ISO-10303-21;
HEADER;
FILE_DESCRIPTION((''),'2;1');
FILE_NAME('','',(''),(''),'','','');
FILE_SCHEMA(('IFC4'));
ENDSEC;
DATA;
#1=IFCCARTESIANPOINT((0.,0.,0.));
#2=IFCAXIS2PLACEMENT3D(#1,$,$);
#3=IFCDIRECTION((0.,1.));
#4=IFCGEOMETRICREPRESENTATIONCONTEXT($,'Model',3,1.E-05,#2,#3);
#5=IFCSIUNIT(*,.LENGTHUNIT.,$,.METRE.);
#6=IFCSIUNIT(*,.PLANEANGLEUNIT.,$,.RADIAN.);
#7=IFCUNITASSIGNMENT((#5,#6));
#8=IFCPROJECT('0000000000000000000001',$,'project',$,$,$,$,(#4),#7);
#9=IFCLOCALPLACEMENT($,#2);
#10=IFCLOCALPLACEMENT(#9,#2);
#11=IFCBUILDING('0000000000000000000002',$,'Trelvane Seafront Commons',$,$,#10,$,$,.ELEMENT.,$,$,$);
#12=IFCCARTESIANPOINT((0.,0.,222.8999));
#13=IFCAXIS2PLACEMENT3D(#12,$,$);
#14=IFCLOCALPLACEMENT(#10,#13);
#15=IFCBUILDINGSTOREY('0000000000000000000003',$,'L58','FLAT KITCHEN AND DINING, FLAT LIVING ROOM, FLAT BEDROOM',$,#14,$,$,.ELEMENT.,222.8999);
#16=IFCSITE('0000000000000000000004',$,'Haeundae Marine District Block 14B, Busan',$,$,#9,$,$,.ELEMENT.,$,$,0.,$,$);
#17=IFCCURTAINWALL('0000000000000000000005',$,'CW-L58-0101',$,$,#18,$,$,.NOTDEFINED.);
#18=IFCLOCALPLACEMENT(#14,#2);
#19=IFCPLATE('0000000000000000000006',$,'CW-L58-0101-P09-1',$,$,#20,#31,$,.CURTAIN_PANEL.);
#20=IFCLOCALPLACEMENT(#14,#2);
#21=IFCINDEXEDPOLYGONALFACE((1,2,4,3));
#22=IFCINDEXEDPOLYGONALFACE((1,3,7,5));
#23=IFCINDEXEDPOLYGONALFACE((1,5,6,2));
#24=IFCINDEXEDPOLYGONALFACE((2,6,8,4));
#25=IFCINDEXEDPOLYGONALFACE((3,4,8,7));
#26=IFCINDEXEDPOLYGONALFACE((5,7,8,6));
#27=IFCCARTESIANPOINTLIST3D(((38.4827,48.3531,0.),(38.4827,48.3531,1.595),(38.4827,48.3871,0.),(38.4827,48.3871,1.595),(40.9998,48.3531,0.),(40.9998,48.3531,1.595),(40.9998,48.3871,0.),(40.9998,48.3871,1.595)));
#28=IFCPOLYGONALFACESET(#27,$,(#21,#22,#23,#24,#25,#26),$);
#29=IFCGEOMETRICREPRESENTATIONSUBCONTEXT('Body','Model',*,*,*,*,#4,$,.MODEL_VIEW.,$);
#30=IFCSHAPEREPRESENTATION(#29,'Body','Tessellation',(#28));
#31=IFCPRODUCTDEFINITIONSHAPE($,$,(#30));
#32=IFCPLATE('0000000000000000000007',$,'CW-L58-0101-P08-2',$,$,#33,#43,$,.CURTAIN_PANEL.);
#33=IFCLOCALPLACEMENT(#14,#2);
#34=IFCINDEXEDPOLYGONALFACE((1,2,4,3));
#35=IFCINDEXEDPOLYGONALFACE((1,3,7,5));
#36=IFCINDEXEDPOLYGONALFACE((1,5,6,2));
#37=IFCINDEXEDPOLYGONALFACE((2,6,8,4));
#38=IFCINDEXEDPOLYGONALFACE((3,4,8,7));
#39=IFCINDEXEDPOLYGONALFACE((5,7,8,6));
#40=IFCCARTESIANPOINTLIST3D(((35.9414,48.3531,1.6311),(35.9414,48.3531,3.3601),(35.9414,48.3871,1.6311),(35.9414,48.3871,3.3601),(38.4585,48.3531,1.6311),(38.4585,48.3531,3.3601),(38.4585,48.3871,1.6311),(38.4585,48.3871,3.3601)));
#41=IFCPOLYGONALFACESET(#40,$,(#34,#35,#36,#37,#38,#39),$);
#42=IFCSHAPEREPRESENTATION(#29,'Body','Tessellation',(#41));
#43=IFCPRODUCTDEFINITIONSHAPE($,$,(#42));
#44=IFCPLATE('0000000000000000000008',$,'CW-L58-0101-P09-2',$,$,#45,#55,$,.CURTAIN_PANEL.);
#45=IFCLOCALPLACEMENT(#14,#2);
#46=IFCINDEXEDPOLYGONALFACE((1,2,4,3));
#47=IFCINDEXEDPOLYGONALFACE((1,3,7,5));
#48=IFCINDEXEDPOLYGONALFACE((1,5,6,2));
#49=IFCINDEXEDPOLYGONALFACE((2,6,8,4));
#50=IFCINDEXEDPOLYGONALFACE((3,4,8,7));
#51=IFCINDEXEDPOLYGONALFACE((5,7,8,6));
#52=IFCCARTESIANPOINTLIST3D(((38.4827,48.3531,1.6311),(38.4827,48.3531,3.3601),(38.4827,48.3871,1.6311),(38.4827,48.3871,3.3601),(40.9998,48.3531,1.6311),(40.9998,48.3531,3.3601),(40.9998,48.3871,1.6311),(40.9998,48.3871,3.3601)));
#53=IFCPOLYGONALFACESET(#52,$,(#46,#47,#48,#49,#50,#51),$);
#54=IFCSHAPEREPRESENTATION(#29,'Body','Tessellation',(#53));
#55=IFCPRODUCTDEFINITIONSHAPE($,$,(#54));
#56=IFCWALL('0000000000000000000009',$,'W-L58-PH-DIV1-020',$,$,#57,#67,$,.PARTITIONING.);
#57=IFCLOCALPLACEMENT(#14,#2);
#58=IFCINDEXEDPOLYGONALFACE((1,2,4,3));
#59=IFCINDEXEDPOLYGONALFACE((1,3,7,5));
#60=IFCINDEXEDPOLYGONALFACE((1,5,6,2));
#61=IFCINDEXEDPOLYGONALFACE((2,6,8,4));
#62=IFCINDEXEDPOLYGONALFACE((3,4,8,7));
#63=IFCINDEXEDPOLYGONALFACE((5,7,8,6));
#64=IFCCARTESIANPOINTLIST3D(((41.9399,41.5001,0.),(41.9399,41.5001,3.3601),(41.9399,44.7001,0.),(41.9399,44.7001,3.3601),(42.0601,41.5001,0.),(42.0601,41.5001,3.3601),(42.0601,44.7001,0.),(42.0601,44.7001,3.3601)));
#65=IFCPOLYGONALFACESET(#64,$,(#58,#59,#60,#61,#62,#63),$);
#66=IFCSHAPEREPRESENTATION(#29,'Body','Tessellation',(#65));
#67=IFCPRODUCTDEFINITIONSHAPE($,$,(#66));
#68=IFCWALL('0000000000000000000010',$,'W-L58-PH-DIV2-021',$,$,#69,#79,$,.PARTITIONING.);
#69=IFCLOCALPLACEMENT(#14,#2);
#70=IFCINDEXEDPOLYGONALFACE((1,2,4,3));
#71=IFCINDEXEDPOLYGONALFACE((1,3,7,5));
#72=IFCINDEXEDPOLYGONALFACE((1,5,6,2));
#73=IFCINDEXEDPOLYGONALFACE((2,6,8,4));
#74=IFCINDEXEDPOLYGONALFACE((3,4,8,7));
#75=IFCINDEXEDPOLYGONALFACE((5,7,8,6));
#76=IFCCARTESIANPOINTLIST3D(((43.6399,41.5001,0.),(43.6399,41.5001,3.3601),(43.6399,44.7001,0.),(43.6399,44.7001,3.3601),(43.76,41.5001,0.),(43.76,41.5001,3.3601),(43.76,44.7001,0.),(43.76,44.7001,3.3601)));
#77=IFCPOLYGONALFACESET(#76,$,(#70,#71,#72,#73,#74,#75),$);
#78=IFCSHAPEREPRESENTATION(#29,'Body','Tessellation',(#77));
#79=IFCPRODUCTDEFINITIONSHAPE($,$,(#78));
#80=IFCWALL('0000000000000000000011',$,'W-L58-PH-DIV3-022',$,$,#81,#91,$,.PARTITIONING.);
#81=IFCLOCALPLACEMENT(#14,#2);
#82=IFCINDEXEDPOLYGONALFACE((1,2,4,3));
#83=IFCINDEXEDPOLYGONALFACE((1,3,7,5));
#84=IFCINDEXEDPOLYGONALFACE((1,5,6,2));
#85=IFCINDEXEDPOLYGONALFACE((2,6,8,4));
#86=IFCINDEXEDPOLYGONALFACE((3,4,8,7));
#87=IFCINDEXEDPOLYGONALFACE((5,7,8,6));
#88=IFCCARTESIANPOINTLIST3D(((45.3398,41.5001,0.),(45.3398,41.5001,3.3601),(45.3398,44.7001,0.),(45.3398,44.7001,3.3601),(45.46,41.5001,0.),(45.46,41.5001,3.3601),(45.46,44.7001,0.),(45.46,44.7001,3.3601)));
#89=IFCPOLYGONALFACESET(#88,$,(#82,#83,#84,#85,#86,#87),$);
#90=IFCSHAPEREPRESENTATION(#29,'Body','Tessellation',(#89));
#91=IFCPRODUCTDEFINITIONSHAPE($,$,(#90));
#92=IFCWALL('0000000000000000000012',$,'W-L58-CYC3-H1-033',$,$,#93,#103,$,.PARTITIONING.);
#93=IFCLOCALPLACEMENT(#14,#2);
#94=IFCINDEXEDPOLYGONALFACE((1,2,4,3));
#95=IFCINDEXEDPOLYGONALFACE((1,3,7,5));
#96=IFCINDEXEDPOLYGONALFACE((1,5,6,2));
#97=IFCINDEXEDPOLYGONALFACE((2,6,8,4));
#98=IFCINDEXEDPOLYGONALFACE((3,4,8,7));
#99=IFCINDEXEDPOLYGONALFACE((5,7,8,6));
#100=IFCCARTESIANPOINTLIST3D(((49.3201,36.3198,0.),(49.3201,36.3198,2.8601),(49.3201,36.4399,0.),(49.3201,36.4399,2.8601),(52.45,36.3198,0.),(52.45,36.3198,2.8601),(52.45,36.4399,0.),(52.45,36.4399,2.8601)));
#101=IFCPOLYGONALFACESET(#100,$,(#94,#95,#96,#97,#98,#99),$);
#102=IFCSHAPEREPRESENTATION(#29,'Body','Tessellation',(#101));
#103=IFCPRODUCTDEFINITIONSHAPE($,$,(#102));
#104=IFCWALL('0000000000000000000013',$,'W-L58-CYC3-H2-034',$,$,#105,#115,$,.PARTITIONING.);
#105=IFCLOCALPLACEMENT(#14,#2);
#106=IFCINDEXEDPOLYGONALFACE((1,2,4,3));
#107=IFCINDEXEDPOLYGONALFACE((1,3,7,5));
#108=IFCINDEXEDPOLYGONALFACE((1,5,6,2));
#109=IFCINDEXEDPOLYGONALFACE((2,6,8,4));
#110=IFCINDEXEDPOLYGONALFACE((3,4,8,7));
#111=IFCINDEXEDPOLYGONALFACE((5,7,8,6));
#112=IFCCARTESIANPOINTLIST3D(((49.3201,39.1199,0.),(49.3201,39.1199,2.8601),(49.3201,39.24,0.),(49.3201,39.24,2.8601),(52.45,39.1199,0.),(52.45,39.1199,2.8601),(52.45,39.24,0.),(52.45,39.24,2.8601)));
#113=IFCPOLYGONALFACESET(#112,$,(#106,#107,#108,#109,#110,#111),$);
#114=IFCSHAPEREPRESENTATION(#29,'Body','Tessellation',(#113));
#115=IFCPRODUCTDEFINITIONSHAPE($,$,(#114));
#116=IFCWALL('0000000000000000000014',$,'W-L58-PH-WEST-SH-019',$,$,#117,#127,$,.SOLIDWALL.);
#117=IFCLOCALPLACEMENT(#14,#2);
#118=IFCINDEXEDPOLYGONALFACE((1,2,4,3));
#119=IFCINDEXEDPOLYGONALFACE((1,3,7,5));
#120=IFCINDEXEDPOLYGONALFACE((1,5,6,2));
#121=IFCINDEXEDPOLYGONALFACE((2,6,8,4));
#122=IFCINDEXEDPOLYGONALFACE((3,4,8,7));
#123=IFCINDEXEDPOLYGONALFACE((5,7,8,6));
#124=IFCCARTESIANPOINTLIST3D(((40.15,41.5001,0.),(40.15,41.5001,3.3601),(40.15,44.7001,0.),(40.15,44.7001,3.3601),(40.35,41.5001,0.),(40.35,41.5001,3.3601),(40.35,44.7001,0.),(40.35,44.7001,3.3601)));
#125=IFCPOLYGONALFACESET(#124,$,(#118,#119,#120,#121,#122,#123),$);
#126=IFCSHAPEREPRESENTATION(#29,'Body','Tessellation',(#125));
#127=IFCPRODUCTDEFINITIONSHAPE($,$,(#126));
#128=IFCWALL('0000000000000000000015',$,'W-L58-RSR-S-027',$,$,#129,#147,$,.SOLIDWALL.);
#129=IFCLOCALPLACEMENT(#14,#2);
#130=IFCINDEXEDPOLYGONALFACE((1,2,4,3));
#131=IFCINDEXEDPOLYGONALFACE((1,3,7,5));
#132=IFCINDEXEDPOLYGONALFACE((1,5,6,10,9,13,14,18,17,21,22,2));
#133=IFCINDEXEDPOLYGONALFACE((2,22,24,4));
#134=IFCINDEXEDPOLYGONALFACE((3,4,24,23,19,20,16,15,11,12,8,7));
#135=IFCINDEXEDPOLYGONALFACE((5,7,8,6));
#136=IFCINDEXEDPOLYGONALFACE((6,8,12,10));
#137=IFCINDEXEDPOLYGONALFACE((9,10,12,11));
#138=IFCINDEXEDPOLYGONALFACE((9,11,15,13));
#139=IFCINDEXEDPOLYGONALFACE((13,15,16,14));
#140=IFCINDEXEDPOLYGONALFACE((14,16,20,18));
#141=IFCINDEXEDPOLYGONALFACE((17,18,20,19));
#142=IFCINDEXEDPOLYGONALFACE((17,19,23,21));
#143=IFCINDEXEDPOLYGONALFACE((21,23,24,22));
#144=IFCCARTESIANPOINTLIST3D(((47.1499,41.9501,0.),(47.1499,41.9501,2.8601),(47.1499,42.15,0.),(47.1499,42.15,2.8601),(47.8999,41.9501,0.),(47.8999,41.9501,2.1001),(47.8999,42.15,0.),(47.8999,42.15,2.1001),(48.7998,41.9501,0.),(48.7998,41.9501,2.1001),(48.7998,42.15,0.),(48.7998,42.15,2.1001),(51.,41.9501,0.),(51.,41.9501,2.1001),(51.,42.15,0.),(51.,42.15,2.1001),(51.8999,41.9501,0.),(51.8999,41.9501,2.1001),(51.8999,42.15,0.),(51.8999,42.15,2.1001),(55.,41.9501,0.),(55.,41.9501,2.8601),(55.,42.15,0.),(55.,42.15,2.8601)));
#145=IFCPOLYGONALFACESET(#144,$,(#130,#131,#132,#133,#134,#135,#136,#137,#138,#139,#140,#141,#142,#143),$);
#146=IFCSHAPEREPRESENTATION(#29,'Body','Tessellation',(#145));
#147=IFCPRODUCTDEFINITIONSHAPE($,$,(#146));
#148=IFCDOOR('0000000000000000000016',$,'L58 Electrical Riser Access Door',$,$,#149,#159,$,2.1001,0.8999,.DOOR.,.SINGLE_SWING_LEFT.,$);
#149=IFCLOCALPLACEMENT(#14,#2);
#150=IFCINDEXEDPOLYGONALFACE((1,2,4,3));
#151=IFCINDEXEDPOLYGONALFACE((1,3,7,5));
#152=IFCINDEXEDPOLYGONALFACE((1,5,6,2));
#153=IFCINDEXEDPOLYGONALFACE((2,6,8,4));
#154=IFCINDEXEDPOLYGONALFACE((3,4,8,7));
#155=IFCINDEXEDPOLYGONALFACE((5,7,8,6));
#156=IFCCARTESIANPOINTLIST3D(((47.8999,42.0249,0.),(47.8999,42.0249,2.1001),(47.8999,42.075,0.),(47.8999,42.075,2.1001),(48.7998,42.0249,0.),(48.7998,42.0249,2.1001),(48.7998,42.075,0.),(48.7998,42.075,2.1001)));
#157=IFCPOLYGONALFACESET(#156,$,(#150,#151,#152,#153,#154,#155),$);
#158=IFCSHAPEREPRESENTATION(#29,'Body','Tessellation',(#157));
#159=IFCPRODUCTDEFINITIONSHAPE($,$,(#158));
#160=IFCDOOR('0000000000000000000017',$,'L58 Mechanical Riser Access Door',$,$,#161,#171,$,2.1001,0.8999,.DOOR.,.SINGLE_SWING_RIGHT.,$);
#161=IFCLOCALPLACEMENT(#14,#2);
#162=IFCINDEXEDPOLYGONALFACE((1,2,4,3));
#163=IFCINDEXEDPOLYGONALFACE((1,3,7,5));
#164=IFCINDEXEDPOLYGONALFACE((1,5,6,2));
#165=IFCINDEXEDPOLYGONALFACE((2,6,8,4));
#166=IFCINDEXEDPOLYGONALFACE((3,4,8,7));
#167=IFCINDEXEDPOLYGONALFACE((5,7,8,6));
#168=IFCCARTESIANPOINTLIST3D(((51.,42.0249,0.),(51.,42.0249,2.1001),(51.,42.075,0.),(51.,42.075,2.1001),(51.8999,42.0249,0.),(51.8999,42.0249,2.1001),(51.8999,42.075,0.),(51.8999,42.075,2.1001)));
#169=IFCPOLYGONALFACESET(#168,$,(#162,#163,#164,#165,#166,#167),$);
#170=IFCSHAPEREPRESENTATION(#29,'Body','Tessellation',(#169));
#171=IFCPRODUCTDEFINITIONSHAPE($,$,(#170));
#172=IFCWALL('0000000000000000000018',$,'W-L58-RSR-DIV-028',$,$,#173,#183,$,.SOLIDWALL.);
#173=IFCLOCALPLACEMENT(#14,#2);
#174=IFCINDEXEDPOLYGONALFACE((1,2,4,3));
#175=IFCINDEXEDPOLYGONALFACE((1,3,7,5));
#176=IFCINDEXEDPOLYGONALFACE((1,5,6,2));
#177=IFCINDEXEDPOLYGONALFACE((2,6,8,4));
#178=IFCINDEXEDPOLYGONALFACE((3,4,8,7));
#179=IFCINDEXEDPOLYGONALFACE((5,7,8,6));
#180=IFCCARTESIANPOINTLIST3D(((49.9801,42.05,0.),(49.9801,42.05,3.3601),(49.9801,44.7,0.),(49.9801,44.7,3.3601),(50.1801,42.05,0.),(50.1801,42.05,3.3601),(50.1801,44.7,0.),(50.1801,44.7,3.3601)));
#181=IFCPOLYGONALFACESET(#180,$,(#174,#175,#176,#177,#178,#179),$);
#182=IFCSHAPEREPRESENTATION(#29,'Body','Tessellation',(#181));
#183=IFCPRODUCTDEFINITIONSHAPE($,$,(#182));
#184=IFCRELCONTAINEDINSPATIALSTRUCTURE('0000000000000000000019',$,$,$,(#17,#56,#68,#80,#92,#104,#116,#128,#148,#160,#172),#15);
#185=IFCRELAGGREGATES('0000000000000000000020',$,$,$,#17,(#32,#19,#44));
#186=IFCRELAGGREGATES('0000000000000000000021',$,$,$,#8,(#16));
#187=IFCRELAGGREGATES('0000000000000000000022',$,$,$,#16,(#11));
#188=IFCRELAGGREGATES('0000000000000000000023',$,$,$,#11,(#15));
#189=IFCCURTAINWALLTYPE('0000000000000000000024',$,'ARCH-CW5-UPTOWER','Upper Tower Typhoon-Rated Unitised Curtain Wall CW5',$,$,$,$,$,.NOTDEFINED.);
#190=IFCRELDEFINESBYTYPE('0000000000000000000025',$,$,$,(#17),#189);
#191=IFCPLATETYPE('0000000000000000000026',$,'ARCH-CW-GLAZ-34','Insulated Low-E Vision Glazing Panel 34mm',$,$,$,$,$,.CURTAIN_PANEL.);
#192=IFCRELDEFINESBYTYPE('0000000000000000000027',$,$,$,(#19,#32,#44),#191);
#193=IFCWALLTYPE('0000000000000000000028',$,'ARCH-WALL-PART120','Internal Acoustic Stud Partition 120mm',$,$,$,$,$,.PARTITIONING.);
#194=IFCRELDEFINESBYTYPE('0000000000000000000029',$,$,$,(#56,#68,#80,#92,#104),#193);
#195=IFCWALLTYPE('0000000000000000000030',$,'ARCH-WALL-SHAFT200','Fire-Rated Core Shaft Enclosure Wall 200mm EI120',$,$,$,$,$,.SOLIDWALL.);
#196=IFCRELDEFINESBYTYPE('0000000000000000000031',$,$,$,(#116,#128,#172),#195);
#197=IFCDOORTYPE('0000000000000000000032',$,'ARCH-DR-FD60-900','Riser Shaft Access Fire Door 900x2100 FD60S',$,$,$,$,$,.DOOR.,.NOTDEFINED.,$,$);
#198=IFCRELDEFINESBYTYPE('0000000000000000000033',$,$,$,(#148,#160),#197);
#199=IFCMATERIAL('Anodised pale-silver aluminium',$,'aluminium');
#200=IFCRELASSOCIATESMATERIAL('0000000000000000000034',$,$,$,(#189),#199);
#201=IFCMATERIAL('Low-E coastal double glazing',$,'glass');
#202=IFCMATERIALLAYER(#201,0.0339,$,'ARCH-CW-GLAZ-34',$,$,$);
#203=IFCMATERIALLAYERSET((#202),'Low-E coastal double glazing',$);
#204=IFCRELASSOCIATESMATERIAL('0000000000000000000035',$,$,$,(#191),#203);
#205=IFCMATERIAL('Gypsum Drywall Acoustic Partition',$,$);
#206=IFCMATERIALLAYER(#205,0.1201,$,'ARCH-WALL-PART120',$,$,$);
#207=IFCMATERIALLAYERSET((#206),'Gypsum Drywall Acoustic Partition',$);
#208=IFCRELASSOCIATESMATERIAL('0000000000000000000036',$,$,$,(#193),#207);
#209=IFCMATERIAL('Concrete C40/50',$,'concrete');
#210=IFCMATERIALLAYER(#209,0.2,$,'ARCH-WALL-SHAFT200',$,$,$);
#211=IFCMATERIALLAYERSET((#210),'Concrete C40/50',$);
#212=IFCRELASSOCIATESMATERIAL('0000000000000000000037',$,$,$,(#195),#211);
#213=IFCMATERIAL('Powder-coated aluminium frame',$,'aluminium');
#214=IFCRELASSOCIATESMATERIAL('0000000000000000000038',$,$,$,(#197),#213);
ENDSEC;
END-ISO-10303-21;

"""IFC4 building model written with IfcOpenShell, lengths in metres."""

from ifc_helpers import new_model, si_unit, direction, frame, frame_2d, origin, origin_2d, place, context, subcontext, project, spatial, rectangle, extrude, source, transform, mapped, material, layer, layer_set, type_object, element, fill, aggregate, save


model = new_model("IFC4")

# Units and contexts
model_context = context("Model", 3, precision=1e-05, world=origin(), true_north=direction((0.0, 1.0)))
body_context = subcontext(model_context, "Body", "Model", "MODEL_VIEW")
ifc_project = project(units=[si_unit("LENGTHUNIT", "METRE"), si_unit("PLANEANGLEUNIT", "RADIAN")], contexts=[model_context])

# Site, building, storey
site_placement = place(None, origin())
site = spatial("IfcSite", under=ifc_project, at=site_placement, Name="Haeundae Marine District Block 14B, Busan", CompositionType="ELEMENT", RefElevation=0.0)
building_placement = place(site_placement, origin())
building = spatial("IfcBuilding", under=site, at=building_placement, Name="Trelvane Seafront Commons", CompositionType="ELEMENT")
storey_placement = place(building_placement, frame((0.0, 0.0, 222.8999)))
storey = spatial("IfcBuildingStorey", under=building, at=storey_placement, Name="L58", Description="FLAT KITCHEN AND DINING, FLAT LIVING ROOM, FLAT BEDROOM", CompositionType="ELEMENT", Elevation=222.8999)

# Curtain wall, plates
ifc_material_1 = material(Name="Anodised pale-silver aluminium", Category="aluminium")
curtain_wall_type = type_object("IfcCurtainWallType", Name="ARCH-CW5-UPTOWER", Description="Upper Tower Typhoon-Rated Unitised Curtain Wall CW5", PredefinedType="NOTDEFINED", material=ifc_material_1)
curtain_wall_placement = place(storey_placement, origin())
curtain_wall = element("IfcCurtainWall", 1, at=curtain_wall_placement, inside=storey, type_object=curtain_wall_type, Name="CW-L58-0101", PredefinedType="NOTDEFINED")
ifc_material_2 = material(Name="Low-E coastal double glazing", Category="glass")
ifc_layer_1 = layer(ifc_material_2, 0.0339, Name="ARCH-CW-GLAZ-34")
ifc_layer_set_1 = layer_set([ifc_layer_1], Name="Low-E coastal double glazing")
plate_type = type_object("IfcPlateType", Name="ARCH-CW-GLAZ-34", Description="Insulated Low-E Vision Glazing Panel 34mm", PredefinedType="CURTAIN_PANEL", material=ifc_layer_set_1)
shared_shape_1 = source(origin(), body_context, "Body", "SweptSolid", [
    extrude(rectangle(XDim=2.5171, YDim=0.0339, at=origin_2d()), origin(), (0.0, 0.0, 1.0), 1.595),
])
plate_1_placement = place(storey_placement, frame((39.7412, 48.3701, 0.0), z_axis=(0.0, 0.0, 1.0), x_axis=(1.0, 0.0, 0.0)))
plate_1 = element("IfcPlate", 2, at=plate_1_placement, type_object=plate_type, Name="CW-L58-0101-P09-1", PredefinedType="CURTAIN_PANEL", context=body_context, shape_type="MappedRepresentation", body=[
    mapped(shared_shape_1, transform((0.0, 0.0, 0.0), x_axis=(1.0, 0.0, 0.0), y_axis=(0.0, 1.0, 0.0), z_axis=(0.0, 0.0, 1.0), scale=1.0)),
])
shared_shape_2 = source(origin(), body_context, "Body", "SweptSolid", [
    extrude(rectangle(XDim=2.5171, YDim=0.0339, at=origin_2d()), origin(), (0.0, 0.0, 1.0), 1.729),
])
plate_2_placement = place(storey_placement, frame((37.2, 48.3701, 1.6311), z_axis=(0.0, 0.0, 1.0), x_axis=(1.0, 0.0, 0.0)))
plate_2 = element("IfcPlate", 3, at=plate_2_placement, type_object=plate_type, Name="CW-L58-0101-P08-2", PredefinedType="CURTAIN_PANEL", context=body_context, shape_type="MappedRepresentation", body=[
    mapped(shared_shape_2, transform((0.0, 0.0, 0.0), x_axis=(1.0, 0.0, 0.0), y_axis=(0.0, 1.0, 0.0), z_axis=(0.0, 0.0, 1.0), scale=1.0)),
])
plate_3_placement = place(storey_placement, frame((39.7412, 48.3701, 1.6311), z_axis=(0.0, 0.0, 1.0), x_axis=(1.0, 0.0, 0.0)))
plate_3 = element("IfcPlate", 4, at=plate_3_placement, type_object=plate_type, Name="CW-L58-0101-P09-2", PredefinedType="CURTAIN_PANEL", context=body_context, shape_type="MappedRepresentation", body=[
    mapped(shared_shape_2, transform((0.0, 0.0, 0.0), x_axis=(1.0, 0.0, 0.0), y_axis=(0.0, 1.0, 0.0), z_axis=(0.0, 0.0, 1.0), scale=1.0)),
])
aggregate(curtain_wall, [plate_2, plate_1, plate_3])

# Walls
ifc_material_3 = material(Name="Gypsum Drywall Acoustic Partition")
ifc_layer_2 = layer(ifc_material_3, 0.1201, Name="ARCH-WALL-PART120")
ifc_layer_set_2 = layer_set([ifc_layer_2], Name="Gypsum Drywall Acoustic Partition")
wall_type_1 = type_object("IfcWallType", Name="ARCH-WALL-PART120", Description="Internal Acoustic Stud Partition 120mm", PredefinedType="PARTITIONING", material=ifc_layer_set_2)
for number, where, z_axis, x_axis, name in (
    (5, (42.0, 41.5, 0.0), (0.0, 0.0, 1.0), (0.0, 1.0, 0.0), "W-L58-PH-DIV1-020"),
    (6, (43.7, 41.5, 0.0), (0.0, 0.0, 1.0), (0.0, 1.0, 0.0), "W-L58-PH-DIV2-021"),
    (7, (45.3999, 41.5, 0.0), (0.0, 0.0, 1.0), (0.0, 1.0, 0.0), "W-L58-PH-DIV3-022"),
):
    element("IfcWall", number, at=place(storey_placement, frame(where, z_axis=z_axis, x_axis=x_axis)), inside=storey, type_object=wall_type_1, Name=name, PredefinedType="PARTITIONING", context=body_context, shape_type="SweptSolid", body=[
        extrude(rectangle(XDim=3.2, YDim=0.1201, at=frame_2d((1.6001, 0.0))), origin(), (0.0, 0.0, 1.0), 3.3601),
    ])
for number, where, z_axis, x_axis, name in (
    (8, (49.3201, 36.3799, 0.0), (0.0, 0.0, 1.0), (1.0, 0.0, 0.0), "W-L58-CYC3-H1-033"),
    (9, (49.3201, 39.1799, 0.0), (0.0, 0.0, 1.0), (1.0, 0.0, 0.0), "W-L58-CYC3-H2-034"),
):
    element("IfcWall", number, at=place(storey_placement, frame(where, z_axis=z_axis, x_axis=x_axis)), inside=storey, type_object=wall_type_1, Name=name, PredefinedType="PARTITIONING", context=body_context, shape_type="SweptSolid", body=[
        extrude(rectangle(XDim=3.1299, YDim=0.1201, at=frame_2d((1.5649, 0.0))), origin(), (0.0, 0.0, 1.0), 2.8601),
    ])

# Shared definitions
ifc_material_4 = material(Name="Concrete C40/50", Category="concrete")
ifc_layer_3 = layer(ifc_material_4, 0.2, Name="ARCH-WALL-SHAFT200")
ifc_layer_set_3 = layer_set([ifc_layer_3], Name="Concrete C40/50")
wall_type_2 = type_object("IfcWallType", Name="ARCH-WALL-SHAFT200", Description="Fire-Rated Core Shaft Enclosure Wall 200mm EI120", PredefinedType="SOLIDWALL", material=ifc_layer_set_3)

# Wall
wall_1_placement = place(storey_placement, frame((40.25, 41.5, 0.0), z_axis=(0.0, 0.0, 1.0), x_axis=(0.0, 1.0, 0.0)))
element("IfcWall", 10, at=wall_1_placement, inside=storey, type_object=wall_type_2, Name="W-L58-PH-WEST-SH-019", PredefinedType="SOLIDWALL", context=body_context, shape_type="SweptSolid", body=[
    extrude(rectangle(XDim=3.2, YDim=0.2, at=frame_2d((1.6001, 0.0))), origin(), (0.0, 0.0, 1.0), 3.3601),
])

# Wall, openings, doors
wall_2_placement = place(storey_placement, frame((47.1499, 42.05, 0.0), z_axis=(0.0, 0.0, 1.0), x_axis=(1.0, 0.0, 0.0)))
wall_2 = element("IfcWall", 11, at=wall_2_placement, inside=storey, type_object=wall_type_2, Name="W-L58-RSR-S-027", PredefinedType="SOLIDWALL", context=body_context, shape_type="SweptSolid", body=[
    extrude(rectangle(XDim=7.8501, YDim=0.2, at=frame_2d((3.925, 0.0))), origin(), (0.0, 0.0, 1.0), 2.8601),
])
opening_1_placement = place(wall_2_placement, frame((0.75, 0.0, 0.0)))
opening_1 = element("IfcOpeningElement", 12, at=opening_1_placement, cuts=wall_2, PredefinedType="OPENING", context=body_context, shape_type="SweptSolid", body=[
    extrude(rectangle(XDim=0.8999, YDim=2.1001, at=frame_2d((0.45, 1.05))), frame((0.0, 0.1099, 0.0), z_axis=(0.0, -1.0, 0.0), x_axis=(1.0, 0.0, 0.0)), (0.0, 0.0, 1.0), 0.22),
])
opening_2_placement = place(wall_2_placement, frame((3.8501, 0.0, 0.0)))
opening_2 = element("IfcOpeningElement", 13, at=opening_2_placement, cuts=wall_2, PredefinedType="OPENING", context=body_context, shape_type="SweptSolid", body=[
    extrude(rectangle(XDim=0.8999, YDim=2.1001, at=frame_2d((0.45, 1.05))), frame((0.0, 0.1099, 0.0), z_axis=(0.0, -1.0, 0.0), x_axis=(1.0, 0.0, 0.0)), (0.0, 0.0, 1.0), 0.22),
])
ifc_material_5 = material(Name="Powder-coated aluminium frame", Category="aluminium")
door_type_1 = type_object("IfcDoorType", Name="ARCH-DR-FD60-900", Description="Riser Shaft Access Fire Door 900x2100 FD60S", OperationType="NOTDEFINED", PredefinedType="DOOR", material=ifc_material_5)
shared_shape_3 = source(origin(), body_context, "Body", "SweptSolid", [
    extrude(rectangle(XDim=0.8999, YDim=2.1001, at=frame_2d((0.45, 1.05))), frame((0.0, 0.0249, 0.0), z_axis=(0.0, -1.0, 0.0), x_axis=(1.0, 0.0, 0.0)), (0.0, 0.0, 1.0), 0.05),
])
door_1_placement = place(opening_1_placement, origin())
door_1 = element("IfcDoor", 14, at=door_1_placement, inside=storey, type_object=door_type_1, Name="L58 Electrical Riser Access Door", OperationType="SINGLE_SWING_LEFT", OverallHeight=2.1001, OverallWidth=0.8999, PredefinedType="DOOR", context=body_context, shape_type="MappedRepresentation", body=[
    mapped(shared_shape_3, transform((0.0, 0.0, 0.0), x_axis=(1.0, 0.0, 0.0), y_axis=(0.0, 1.0, 0.0), z_axis=(0.0, 0.0, 1.0), scale=1.0)),
])
fill(opening_1, door_1)
door_2_placement = place(opening_2_placement, origin())
door_2 = element("IfcDoor", 15, at=door_2_placement, inside=storey, type_object=door_type_1, Name="L58 Mechanical Riser Access Door", OperationType="SINGLE_SWING_RIGHT", OverallHeight=2.1001, OverallWidth=0.8999, PredefinedType="DOOR", context=body_context, shape_type="MappedRepresentation", body=[
    mapped(shared_shape_3, transform((0.0, 0.0, 0.0), x_axis=(1.0, 0.0, 0.0), y_axis=(0.0, 1.0, 0.0), z_axis=(0.0, 0.0, 1.0), scale=1.0)),
])
fill(opening_2, door_2)

# Wall
wall_3_placement = place(storey_placement, frame((50.0801, 42.05, 0.0), z_axis=(0.0, 0.0, 1.0), x_axis=(0.0, 1.0, 0.0)))
element("IfcWall", 16, at=wall_3_placement, inside=storey, type_object=wall_type_2, Name="W-L58-RSR-DIV-028", PredefinedType="SOLIDWALL", context=body_context, shape_type="SweptSolid", body=[
    extrude(rectangle(XDim=2.6499, YDim=0.2, at=frame_2d((1.325, 0.0))), origin(), (0.0, 0.0, 1.0), 3.3601),
])

save(model, "model.ifc")
